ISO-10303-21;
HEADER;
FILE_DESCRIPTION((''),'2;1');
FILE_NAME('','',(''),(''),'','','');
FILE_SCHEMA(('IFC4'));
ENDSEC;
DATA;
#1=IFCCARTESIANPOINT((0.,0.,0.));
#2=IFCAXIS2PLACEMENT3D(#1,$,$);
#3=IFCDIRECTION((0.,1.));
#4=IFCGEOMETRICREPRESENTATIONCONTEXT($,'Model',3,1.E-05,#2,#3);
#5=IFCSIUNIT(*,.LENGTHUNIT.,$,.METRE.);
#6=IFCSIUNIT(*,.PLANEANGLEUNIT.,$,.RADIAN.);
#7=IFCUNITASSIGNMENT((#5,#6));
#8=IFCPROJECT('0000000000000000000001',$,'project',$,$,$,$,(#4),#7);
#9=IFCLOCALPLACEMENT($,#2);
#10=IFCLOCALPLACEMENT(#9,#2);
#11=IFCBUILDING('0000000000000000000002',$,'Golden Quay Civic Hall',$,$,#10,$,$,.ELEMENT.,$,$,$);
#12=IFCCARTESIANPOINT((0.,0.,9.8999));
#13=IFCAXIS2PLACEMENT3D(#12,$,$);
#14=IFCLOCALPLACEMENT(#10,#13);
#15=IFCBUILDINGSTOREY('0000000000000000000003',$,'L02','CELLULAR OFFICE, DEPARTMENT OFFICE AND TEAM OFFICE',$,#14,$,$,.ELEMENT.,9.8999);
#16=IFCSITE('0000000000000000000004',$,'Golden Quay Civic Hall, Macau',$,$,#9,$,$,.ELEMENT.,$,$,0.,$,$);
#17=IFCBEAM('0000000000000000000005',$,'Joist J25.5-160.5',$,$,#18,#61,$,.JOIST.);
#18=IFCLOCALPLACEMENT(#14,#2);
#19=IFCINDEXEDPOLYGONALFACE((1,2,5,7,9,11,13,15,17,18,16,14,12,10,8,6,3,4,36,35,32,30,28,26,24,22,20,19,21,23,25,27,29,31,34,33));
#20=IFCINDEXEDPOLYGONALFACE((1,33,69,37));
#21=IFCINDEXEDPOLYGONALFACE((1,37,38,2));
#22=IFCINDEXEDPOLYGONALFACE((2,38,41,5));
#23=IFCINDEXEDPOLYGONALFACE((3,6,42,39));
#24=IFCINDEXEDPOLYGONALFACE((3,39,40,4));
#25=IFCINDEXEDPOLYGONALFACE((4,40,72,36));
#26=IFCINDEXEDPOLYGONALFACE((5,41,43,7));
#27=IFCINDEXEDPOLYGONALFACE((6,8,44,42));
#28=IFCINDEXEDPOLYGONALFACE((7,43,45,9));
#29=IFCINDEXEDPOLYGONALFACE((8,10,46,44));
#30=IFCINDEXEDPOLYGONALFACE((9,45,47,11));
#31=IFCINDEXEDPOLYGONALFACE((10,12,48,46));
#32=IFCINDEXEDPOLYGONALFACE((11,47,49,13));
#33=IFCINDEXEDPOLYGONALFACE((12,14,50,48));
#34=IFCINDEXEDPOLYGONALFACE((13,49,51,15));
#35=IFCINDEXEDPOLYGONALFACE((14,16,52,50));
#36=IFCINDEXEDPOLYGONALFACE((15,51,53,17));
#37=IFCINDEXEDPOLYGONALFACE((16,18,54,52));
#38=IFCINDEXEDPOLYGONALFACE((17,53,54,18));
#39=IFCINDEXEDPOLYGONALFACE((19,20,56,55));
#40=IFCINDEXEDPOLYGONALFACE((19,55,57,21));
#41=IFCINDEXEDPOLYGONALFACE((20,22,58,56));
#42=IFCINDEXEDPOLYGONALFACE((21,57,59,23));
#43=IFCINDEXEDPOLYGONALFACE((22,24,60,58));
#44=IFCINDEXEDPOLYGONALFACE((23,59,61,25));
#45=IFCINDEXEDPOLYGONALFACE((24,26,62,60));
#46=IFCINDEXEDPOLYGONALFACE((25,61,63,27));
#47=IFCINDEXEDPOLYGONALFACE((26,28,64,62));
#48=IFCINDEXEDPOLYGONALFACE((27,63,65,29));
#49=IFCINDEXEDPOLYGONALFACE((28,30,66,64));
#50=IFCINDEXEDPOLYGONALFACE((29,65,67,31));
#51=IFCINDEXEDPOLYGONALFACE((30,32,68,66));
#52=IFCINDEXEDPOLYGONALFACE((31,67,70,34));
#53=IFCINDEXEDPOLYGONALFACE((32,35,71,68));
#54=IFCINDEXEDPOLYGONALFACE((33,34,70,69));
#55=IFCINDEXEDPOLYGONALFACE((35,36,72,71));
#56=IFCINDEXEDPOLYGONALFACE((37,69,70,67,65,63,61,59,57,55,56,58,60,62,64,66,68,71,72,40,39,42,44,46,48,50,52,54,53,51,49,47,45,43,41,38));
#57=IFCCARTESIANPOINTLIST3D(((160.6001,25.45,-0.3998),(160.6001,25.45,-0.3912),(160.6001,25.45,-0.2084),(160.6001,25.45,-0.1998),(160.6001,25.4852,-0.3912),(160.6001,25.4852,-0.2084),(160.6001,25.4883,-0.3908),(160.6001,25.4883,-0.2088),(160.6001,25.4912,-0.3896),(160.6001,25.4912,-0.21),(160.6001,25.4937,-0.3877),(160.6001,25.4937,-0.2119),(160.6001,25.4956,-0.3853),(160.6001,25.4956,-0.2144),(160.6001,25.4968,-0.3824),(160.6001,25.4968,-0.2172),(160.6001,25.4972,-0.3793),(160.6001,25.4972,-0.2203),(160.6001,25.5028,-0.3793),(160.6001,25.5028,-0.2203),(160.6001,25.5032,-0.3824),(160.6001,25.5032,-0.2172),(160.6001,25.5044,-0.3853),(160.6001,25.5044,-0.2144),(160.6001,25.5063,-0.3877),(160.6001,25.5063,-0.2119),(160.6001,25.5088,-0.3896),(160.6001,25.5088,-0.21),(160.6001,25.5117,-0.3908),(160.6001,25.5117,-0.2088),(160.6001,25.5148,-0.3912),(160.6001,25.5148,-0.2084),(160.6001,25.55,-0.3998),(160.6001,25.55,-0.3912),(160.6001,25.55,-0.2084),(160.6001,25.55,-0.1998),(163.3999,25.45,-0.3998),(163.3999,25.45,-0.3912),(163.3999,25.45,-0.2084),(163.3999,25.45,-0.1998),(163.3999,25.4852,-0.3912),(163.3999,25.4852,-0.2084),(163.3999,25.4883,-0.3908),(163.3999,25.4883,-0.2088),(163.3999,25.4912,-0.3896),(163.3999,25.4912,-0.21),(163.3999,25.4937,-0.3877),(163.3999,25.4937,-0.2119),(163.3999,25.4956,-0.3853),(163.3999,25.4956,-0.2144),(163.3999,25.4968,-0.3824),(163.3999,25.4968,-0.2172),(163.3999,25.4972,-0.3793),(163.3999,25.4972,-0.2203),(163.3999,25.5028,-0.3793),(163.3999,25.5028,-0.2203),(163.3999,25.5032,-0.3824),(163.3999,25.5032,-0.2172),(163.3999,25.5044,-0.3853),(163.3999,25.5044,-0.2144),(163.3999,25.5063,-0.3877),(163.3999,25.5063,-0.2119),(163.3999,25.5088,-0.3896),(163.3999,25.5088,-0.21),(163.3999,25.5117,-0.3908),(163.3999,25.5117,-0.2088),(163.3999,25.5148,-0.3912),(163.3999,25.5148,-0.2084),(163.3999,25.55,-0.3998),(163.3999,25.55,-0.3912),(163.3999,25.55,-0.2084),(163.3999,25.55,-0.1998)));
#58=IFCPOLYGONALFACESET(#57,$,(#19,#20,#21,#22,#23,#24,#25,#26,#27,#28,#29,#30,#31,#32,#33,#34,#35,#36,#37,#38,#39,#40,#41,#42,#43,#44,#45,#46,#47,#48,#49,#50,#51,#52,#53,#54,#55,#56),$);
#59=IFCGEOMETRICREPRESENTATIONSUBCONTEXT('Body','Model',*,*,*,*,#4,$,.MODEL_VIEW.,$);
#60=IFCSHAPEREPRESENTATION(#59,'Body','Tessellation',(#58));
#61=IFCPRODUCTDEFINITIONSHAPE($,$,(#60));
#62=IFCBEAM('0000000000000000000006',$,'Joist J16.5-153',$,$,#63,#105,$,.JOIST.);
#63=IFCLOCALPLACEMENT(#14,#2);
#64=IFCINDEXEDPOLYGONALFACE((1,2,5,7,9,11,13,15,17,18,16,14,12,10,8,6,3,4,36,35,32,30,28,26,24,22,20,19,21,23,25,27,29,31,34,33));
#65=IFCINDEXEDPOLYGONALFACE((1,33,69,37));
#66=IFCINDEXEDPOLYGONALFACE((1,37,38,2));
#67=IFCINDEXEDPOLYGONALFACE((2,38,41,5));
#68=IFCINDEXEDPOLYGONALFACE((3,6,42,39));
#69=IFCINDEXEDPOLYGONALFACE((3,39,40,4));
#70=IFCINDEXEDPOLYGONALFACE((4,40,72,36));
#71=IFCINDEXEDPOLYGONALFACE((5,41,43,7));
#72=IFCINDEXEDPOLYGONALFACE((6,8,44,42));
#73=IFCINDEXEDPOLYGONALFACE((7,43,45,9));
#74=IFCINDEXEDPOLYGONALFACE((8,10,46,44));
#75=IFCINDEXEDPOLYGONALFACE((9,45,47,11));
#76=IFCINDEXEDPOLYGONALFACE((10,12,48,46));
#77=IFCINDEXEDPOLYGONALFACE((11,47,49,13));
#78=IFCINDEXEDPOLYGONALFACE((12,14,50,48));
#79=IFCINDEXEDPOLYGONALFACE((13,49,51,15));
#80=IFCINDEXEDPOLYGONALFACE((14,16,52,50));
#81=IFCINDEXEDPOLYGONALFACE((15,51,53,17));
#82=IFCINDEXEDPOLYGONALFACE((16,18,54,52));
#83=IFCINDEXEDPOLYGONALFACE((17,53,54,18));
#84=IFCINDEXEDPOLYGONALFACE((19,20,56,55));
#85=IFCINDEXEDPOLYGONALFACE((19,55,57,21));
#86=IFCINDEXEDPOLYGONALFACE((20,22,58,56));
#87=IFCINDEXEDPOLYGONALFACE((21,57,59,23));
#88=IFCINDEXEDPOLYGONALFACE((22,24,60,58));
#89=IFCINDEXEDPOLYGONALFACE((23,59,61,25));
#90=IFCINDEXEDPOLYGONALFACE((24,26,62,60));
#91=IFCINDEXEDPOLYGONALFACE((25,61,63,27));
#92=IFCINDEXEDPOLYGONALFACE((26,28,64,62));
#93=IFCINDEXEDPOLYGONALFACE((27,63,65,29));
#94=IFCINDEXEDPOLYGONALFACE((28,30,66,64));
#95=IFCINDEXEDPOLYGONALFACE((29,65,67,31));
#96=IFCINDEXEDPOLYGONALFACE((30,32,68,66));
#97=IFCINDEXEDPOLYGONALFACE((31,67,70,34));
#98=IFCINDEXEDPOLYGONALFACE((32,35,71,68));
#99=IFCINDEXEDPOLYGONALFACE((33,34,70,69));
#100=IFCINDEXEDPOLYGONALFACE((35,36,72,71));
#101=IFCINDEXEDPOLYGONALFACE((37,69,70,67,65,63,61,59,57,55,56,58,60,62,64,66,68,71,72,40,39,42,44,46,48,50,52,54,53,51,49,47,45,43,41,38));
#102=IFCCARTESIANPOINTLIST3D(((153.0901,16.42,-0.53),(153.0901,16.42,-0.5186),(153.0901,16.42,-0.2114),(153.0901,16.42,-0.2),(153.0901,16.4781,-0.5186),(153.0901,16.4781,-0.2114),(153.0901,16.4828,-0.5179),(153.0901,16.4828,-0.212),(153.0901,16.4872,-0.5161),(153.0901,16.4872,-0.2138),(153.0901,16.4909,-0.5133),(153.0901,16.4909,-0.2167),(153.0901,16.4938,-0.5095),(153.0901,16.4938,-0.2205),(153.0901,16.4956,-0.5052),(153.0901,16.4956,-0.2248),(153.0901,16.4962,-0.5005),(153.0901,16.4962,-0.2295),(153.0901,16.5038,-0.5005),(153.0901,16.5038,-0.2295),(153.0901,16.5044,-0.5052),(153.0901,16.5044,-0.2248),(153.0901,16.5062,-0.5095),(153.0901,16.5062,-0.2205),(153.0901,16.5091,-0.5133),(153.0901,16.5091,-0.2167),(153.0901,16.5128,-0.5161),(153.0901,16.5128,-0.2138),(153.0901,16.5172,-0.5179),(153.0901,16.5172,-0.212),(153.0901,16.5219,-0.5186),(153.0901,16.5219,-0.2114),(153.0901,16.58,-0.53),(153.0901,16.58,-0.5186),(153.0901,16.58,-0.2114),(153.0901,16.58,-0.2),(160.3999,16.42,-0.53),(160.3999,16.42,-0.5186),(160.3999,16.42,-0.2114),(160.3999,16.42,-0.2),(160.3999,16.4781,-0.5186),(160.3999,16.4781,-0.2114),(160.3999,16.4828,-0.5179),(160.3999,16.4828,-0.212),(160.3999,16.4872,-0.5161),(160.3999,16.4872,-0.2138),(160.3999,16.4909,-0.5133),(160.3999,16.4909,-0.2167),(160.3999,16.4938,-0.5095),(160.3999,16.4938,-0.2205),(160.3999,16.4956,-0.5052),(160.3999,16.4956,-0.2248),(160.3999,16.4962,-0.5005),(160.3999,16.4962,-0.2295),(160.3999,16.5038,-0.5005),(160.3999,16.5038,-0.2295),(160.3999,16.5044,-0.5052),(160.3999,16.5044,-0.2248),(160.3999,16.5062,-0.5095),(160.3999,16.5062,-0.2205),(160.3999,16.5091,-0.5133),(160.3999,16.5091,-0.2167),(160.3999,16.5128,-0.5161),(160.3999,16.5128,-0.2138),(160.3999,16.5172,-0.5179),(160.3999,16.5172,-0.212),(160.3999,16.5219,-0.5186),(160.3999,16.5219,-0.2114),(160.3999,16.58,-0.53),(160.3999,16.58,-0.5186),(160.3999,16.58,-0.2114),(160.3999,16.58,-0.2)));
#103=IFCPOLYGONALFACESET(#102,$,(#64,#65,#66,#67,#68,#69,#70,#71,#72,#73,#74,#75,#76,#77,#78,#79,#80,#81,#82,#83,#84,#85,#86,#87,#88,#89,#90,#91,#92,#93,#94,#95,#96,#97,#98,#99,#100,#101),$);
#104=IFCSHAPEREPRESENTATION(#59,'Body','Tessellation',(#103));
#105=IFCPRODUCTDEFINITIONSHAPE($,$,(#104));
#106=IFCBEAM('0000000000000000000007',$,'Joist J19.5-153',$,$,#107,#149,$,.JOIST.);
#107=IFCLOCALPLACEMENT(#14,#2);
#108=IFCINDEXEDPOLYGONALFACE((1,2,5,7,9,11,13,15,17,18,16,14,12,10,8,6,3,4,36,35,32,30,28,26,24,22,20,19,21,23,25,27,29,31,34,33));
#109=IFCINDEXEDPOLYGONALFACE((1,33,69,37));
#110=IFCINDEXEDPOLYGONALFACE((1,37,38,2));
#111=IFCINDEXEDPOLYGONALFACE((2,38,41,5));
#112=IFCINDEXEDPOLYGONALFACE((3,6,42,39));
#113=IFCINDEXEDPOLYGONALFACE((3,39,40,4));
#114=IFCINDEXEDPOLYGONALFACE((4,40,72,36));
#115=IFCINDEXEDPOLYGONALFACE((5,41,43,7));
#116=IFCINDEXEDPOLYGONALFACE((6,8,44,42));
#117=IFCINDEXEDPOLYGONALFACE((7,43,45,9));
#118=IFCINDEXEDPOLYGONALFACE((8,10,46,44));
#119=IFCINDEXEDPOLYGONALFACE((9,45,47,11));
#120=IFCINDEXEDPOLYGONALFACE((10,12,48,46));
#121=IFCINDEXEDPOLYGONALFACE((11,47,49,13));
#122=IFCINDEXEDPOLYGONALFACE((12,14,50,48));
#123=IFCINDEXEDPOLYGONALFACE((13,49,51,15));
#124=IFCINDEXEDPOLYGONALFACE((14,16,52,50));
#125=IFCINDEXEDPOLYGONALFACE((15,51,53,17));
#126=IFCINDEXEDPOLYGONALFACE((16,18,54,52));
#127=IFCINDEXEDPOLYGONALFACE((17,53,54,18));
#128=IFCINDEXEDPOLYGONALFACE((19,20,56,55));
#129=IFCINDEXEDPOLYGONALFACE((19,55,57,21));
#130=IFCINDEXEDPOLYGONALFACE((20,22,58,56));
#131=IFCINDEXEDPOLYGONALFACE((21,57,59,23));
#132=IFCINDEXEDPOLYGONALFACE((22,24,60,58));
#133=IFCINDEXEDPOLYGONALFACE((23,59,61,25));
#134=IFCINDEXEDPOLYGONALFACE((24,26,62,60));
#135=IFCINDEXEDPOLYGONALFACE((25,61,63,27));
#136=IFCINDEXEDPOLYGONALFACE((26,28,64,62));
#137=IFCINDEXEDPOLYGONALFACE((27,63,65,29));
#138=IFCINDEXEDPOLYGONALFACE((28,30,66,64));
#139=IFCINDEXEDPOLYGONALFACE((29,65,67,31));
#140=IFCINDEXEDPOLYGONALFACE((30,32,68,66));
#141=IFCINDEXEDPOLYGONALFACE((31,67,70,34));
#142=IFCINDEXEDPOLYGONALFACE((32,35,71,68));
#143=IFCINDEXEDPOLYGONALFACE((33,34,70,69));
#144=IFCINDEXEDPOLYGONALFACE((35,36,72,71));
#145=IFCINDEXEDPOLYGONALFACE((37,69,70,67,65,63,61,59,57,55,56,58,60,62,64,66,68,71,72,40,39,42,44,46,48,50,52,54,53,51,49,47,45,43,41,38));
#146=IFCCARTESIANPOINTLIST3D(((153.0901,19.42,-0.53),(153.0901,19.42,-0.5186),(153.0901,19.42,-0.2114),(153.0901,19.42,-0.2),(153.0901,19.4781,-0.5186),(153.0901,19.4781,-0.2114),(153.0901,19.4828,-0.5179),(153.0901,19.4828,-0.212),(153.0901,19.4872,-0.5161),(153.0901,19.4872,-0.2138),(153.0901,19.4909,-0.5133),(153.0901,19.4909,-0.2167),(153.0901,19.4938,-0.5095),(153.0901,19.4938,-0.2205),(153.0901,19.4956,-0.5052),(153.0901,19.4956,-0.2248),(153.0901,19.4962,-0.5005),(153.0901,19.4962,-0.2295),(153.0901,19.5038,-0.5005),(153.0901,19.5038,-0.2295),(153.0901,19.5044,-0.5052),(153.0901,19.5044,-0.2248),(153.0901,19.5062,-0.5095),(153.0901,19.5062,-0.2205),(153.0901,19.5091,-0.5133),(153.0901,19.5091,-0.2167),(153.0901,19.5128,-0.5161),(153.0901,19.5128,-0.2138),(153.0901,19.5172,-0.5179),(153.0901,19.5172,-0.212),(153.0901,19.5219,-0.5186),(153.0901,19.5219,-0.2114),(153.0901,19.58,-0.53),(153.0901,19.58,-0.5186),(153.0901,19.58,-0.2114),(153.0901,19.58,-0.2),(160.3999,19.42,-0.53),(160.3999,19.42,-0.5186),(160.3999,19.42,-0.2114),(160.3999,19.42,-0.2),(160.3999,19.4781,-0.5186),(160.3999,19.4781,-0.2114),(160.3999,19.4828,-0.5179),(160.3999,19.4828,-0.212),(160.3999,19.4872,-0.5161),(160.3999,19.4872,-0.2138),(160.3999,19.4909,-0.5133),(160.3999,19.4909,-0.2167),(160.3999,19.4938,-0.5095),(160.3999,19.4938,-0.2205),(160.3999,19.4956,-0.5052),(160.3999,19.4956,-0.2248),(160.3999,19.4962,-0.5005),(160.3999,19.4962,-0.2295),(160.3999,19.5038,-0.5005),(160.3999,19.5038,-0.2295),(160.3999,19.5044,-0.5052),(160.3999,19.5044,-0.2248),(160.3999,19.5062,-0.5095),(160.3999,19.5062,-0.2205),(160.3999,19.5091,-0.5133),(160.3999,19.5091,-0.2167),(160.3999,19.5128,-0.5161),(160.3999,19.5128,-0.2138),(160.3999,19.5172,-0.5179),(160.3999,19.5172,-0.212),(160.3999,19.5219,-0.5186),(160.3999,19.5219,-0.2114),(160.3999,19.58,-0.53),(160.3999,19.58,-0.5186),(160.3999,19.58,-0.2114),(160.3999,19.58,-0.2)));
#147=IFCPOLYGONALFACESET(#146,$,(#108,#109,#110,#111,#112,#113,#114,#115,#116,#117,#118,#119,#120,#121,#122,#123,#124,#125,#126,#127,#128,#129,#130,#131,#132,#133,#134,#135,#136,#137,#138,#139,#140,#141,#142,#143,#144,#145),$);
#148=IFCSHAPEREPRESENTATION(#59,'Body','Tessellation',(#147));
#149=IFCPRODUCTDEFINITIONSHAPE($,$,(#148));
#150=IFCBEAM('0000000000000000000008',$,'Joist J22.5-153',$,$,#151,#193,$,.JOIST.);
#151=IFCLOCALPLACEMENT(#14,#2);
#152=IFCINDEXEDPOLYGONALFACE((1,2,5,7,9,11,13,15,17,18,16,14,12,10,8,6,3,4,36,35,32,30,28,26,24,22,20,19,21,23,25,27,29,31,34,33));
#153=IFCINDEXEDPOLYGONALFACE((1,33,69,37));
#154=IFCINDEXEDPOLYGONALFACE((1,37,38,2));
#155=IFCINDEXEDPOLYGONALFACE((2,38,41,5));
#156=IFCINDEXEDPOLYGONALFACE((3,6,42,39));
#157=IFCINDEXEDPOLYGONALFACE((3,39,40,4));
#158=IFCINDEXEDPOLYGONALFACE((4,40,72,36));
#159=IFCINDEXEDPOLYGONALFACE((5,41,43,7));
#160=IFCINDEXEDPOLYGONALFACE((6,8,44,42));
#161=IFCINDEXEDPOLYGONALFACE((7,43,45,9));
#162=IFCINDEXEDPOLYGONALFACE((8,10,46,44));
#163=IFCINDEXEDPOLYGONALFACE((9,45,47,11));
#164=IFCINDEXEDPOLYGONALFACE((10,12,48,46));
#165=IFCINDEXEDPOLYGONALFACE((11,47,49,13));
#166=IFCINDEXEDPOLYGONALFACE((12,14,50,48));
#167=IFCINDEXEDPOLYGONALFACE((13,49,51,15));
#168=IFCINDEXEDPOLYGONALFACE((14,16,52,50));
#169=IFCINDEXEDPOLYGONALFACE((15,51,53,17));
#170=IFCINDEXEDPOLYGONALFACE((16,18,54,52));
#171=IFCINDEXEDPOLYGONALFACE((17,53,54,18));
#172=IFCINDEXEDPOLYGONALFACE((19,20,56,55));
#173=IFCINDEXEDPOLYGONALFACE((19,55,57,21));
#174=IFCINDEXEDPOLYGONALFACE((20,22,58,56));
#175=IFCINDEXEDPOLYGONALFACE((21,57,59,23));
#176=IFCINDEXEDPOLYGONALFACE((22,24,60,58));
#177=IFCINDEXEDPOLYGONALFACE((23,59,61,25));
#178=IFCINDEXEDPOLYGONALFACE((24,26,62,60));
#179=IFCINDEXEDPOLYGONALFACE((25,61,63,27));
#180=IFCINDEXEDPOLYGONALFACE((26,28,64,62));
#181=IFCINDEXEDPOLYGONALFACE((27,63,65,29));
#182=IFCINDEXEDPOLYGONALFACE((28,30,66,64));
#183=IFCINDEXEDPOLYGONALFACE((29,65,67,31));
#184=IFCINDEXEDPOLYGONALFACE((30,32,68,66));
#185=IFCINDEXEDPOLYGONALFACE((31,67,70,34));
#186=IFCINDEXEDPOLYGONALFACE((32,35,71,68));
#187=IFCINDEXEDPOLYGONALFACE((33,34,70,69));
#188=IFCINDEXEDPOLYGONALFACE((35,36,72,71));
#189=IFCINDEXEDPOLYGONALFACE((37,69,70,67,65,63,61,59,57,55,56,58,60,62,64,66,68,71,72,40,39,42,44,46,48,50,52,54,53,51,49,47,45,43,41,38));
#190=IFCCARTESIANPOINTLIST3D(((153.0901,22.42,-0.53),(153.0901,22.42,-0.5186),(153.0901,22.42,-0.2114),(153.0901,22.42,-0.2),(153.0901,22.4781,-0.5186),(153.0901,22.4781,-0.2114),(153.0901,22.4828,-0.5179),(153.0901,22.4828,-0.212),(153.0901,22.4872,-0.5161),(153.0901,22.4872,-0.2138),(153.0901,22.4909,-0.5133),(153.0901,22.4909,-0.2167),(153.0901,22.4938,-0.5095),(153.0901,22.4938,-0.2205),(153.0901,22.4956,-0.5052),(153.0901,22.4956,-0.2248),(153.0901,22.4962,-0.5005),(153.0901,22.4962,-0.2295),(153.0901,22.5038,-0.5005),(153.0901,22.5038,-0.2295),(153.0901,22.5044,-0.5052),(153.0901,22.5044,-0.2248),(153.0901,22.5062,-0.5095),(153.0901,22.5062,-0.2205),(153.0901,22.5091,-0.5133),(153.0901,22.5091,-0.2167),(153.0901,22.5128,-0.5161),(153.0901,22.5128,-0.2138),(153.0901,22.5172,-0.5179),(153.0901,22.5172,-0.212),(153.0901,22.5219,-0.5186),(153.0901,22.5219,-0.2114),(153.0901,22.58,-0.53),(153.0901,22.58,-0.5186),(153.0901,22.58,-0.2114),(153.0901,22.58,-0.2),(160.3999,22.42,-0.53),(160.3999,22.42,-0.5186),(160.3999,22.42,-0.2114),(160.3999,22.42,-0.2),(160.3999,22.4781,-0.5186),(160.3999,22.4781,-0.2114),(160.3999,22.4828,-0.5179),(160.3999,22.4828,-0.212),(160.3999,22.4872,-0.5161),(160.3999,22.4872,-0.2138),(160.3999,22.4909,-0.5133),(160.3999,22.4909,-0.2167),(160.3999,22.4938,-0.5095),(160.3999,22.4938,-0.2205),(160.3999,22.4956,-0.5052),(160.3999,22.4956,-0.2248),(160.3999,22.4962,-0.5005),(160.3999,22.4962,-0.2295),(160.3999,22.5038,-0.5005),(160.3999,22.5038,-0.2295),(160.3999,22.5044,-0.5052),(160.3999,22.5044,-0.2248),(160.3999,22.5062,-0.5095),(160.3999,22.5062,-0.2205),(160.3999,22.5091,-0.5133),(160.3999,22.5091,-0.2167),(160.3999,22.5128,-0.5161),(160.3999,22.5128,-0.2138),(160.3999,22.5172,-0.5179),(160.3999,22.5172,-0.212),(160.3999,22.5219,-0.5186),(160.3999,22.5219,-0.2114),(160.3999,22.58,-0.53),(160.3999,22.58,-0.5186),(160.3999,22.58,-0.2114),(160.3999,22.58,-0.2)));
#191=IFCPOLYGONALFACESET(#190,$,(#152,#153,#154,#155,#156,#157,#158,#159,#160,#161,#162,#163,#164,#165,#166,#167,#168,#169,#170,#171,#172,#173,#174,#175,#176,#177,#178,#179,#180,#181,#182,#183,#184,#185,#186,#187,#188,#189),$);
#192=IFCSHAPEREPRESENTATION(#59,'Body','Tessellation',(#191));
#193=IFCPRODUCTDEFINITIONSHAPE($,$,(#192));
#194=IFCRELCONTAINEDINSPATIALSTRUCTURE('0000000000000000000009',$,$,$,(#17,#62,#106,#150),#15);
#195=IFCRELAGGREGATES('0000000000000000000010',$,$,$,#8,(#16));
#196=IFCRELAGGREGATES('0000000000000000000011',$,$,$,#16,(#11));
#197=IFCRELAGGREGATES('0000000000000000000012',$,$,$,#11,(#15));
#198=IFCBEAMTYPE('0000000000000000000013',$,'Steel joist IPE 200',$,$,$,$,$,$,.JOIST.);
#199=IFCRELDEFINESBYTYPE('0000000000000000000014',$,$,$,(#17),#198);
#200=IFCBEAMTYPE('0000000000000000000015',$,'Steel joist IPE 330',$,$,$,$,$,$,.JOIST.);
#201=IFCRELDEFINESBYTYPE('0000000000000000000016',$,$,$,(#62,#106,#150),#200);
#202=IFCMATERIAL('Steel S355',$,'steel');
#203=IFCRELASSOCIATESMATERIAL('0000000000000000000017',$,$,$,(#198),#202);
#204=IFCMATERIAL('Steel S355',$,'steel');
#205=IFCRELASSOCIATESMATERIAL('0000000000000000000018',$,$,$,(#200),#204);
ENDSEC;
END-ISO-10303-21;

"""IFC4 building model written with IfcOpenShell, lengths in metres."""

from ifc_helpers import new_model, si_unit, direction, frame, origin, origin_2d, place, context, subcontext, project, spatial, i_section, extrude, material, material_profile, profile_set, type_object, element, save


model = new_model("IFC4")

# Units and contexts
model_context = context("Model", 3, precision=1e-05, world=origin(), true_north=direction((0.0, 1.0)))
body_context = subcontext(model_context, "Body", "Model", "MODEL_VIEW")
ifc_project = project(units=[si_unit("LENGTHUNIT", "METRE"), si_unit("PLANEANGLEUNIT", "RADIAN")], contexts=[model_context])

# Site, building, storey
site_placement = place(None, origin())
site = spatial("IfcSite", under=ifc_project, at=site_placement, Name="Golden Quay Civic Hall, Macau", CompositionType="ELEMENT", RefElevation=0.0)
building_placement = place(site_placement, origin())
building = spatial("IfcBuilding", under=site, at=building_placement, Name="Golden Quay Civic Hall", CompositionType="ELEMENT")
storey_placement = place(building_placement, frame((0.0, 0.0, 9.8999)))
storey = spatial("IfcBuildingStorey", under=building, at=storey_placement, Name="L02", Description="CELLULAR OFFICE, DEPARTMENT OFFICE AND TEAM OFFICE", CompositionType="ELEMENT", Elevation=9.8999)

# Beams
ifc_material_1 = material(Name="Steel S355", Category="steel")
ifc_material_profile_1 = material_profile(ifc_material_1, i_section(OverallWidth=0.1001, OverallDepth=0.2, WebThickness=0.0056, FlangeThickness=0.0085, FilletRadius=0.012, at=origin_2d()), Name="IPE 200")
ifc_profile_set_1 = profile_set([ifc_material_profile_1], Name="Steel S355")
beam_type_1 = type_object("IfcBeamType", Name="Steel joist IPE 200", PredefinedType="JOIST", material=ifc_profile_set_1)
for number, where, z_axis, x_axis, name in (
    (1, (160.6001, 25.5, -0.2998), (1.0, 0.0, 0.0), (0.0, 1.0, 0.0), "Joist J25.5-160.5"),
):
    element("IfcBeam", number, at=place(storey_placement, frame(where, z_axis=z_axis, x_axis=x_axis)), inside=storey, type_object=beam_type_1, Name=name, PredefinedType="JOIST", context=body_context, shape_type="SweptSolid", body=[
        extrude(i_section(OverallWidth=0.1001, OverallDepth=0.2, WebThickness=0.0056, FlangeThickness=0.0085, FilletRadius=0.012, at=origin_2d()), origin(), (0.0, 0.0, 1.0), 2.7998),
    ])
ifc_material_2 = material(Name="Steel S355", Category="steel")
ifc_material_profile_2 = material_profile(ifc_material_2, i_section(OverallWidth=0.1599, OverallDepth=0.3301, WebThickness=0.0076, FlangeThickness=0.0115, FilletRadius=0.0181, at=origin_2d()), Name="IPE 330")
ifc_profile_set_2 = profile_set([ifc_material_profile_2], Name="Steel S355")
beam_type_2 = type_object("IfcBeamType", Name="Steel joist IPE 330", PredefinedType="JOIST", material=ifc_profile_set_2)
for number, where, z_axis, x_axis, name in (
    (2, (153.0901, 16.5, -0.365), (1.0, 0.0, 0.0), (0.0, 1.0, 0.0), "Joist J16.5-153"),
    (3, (153.0901, 19.5, -0.365), (1.0, 0.0, 0.0), (0.0, 1.0, 0.0), "Joist J19.5-153"),
    (4, (153.0901, 22.5, -0.365), (1.0, 0.0, 0.0), (0.0, 1.0, 0.0), "Joist J22.5-153"),
):
    element("IfcBeam", number, at=place(storey_placement, frame(where, z_axis=z_axis, x_axis=x_axis)), inside=storey, type_object=beam_type_2, Name=name, PredefinedType="JOIST", context=body_context, shape_type="SweptSolid", body=[
        extrude(i_section(OverallWidth=0.1599, OverallDepth=0.3301, WebThickness=0.0076, FlangeThickness=0.0115, FilletRadius=0.0181, at=origin_2d()), origin(), (0.0, 0.0, 1.0), 7.3098),
    ])

save(model, "model.ifc")
